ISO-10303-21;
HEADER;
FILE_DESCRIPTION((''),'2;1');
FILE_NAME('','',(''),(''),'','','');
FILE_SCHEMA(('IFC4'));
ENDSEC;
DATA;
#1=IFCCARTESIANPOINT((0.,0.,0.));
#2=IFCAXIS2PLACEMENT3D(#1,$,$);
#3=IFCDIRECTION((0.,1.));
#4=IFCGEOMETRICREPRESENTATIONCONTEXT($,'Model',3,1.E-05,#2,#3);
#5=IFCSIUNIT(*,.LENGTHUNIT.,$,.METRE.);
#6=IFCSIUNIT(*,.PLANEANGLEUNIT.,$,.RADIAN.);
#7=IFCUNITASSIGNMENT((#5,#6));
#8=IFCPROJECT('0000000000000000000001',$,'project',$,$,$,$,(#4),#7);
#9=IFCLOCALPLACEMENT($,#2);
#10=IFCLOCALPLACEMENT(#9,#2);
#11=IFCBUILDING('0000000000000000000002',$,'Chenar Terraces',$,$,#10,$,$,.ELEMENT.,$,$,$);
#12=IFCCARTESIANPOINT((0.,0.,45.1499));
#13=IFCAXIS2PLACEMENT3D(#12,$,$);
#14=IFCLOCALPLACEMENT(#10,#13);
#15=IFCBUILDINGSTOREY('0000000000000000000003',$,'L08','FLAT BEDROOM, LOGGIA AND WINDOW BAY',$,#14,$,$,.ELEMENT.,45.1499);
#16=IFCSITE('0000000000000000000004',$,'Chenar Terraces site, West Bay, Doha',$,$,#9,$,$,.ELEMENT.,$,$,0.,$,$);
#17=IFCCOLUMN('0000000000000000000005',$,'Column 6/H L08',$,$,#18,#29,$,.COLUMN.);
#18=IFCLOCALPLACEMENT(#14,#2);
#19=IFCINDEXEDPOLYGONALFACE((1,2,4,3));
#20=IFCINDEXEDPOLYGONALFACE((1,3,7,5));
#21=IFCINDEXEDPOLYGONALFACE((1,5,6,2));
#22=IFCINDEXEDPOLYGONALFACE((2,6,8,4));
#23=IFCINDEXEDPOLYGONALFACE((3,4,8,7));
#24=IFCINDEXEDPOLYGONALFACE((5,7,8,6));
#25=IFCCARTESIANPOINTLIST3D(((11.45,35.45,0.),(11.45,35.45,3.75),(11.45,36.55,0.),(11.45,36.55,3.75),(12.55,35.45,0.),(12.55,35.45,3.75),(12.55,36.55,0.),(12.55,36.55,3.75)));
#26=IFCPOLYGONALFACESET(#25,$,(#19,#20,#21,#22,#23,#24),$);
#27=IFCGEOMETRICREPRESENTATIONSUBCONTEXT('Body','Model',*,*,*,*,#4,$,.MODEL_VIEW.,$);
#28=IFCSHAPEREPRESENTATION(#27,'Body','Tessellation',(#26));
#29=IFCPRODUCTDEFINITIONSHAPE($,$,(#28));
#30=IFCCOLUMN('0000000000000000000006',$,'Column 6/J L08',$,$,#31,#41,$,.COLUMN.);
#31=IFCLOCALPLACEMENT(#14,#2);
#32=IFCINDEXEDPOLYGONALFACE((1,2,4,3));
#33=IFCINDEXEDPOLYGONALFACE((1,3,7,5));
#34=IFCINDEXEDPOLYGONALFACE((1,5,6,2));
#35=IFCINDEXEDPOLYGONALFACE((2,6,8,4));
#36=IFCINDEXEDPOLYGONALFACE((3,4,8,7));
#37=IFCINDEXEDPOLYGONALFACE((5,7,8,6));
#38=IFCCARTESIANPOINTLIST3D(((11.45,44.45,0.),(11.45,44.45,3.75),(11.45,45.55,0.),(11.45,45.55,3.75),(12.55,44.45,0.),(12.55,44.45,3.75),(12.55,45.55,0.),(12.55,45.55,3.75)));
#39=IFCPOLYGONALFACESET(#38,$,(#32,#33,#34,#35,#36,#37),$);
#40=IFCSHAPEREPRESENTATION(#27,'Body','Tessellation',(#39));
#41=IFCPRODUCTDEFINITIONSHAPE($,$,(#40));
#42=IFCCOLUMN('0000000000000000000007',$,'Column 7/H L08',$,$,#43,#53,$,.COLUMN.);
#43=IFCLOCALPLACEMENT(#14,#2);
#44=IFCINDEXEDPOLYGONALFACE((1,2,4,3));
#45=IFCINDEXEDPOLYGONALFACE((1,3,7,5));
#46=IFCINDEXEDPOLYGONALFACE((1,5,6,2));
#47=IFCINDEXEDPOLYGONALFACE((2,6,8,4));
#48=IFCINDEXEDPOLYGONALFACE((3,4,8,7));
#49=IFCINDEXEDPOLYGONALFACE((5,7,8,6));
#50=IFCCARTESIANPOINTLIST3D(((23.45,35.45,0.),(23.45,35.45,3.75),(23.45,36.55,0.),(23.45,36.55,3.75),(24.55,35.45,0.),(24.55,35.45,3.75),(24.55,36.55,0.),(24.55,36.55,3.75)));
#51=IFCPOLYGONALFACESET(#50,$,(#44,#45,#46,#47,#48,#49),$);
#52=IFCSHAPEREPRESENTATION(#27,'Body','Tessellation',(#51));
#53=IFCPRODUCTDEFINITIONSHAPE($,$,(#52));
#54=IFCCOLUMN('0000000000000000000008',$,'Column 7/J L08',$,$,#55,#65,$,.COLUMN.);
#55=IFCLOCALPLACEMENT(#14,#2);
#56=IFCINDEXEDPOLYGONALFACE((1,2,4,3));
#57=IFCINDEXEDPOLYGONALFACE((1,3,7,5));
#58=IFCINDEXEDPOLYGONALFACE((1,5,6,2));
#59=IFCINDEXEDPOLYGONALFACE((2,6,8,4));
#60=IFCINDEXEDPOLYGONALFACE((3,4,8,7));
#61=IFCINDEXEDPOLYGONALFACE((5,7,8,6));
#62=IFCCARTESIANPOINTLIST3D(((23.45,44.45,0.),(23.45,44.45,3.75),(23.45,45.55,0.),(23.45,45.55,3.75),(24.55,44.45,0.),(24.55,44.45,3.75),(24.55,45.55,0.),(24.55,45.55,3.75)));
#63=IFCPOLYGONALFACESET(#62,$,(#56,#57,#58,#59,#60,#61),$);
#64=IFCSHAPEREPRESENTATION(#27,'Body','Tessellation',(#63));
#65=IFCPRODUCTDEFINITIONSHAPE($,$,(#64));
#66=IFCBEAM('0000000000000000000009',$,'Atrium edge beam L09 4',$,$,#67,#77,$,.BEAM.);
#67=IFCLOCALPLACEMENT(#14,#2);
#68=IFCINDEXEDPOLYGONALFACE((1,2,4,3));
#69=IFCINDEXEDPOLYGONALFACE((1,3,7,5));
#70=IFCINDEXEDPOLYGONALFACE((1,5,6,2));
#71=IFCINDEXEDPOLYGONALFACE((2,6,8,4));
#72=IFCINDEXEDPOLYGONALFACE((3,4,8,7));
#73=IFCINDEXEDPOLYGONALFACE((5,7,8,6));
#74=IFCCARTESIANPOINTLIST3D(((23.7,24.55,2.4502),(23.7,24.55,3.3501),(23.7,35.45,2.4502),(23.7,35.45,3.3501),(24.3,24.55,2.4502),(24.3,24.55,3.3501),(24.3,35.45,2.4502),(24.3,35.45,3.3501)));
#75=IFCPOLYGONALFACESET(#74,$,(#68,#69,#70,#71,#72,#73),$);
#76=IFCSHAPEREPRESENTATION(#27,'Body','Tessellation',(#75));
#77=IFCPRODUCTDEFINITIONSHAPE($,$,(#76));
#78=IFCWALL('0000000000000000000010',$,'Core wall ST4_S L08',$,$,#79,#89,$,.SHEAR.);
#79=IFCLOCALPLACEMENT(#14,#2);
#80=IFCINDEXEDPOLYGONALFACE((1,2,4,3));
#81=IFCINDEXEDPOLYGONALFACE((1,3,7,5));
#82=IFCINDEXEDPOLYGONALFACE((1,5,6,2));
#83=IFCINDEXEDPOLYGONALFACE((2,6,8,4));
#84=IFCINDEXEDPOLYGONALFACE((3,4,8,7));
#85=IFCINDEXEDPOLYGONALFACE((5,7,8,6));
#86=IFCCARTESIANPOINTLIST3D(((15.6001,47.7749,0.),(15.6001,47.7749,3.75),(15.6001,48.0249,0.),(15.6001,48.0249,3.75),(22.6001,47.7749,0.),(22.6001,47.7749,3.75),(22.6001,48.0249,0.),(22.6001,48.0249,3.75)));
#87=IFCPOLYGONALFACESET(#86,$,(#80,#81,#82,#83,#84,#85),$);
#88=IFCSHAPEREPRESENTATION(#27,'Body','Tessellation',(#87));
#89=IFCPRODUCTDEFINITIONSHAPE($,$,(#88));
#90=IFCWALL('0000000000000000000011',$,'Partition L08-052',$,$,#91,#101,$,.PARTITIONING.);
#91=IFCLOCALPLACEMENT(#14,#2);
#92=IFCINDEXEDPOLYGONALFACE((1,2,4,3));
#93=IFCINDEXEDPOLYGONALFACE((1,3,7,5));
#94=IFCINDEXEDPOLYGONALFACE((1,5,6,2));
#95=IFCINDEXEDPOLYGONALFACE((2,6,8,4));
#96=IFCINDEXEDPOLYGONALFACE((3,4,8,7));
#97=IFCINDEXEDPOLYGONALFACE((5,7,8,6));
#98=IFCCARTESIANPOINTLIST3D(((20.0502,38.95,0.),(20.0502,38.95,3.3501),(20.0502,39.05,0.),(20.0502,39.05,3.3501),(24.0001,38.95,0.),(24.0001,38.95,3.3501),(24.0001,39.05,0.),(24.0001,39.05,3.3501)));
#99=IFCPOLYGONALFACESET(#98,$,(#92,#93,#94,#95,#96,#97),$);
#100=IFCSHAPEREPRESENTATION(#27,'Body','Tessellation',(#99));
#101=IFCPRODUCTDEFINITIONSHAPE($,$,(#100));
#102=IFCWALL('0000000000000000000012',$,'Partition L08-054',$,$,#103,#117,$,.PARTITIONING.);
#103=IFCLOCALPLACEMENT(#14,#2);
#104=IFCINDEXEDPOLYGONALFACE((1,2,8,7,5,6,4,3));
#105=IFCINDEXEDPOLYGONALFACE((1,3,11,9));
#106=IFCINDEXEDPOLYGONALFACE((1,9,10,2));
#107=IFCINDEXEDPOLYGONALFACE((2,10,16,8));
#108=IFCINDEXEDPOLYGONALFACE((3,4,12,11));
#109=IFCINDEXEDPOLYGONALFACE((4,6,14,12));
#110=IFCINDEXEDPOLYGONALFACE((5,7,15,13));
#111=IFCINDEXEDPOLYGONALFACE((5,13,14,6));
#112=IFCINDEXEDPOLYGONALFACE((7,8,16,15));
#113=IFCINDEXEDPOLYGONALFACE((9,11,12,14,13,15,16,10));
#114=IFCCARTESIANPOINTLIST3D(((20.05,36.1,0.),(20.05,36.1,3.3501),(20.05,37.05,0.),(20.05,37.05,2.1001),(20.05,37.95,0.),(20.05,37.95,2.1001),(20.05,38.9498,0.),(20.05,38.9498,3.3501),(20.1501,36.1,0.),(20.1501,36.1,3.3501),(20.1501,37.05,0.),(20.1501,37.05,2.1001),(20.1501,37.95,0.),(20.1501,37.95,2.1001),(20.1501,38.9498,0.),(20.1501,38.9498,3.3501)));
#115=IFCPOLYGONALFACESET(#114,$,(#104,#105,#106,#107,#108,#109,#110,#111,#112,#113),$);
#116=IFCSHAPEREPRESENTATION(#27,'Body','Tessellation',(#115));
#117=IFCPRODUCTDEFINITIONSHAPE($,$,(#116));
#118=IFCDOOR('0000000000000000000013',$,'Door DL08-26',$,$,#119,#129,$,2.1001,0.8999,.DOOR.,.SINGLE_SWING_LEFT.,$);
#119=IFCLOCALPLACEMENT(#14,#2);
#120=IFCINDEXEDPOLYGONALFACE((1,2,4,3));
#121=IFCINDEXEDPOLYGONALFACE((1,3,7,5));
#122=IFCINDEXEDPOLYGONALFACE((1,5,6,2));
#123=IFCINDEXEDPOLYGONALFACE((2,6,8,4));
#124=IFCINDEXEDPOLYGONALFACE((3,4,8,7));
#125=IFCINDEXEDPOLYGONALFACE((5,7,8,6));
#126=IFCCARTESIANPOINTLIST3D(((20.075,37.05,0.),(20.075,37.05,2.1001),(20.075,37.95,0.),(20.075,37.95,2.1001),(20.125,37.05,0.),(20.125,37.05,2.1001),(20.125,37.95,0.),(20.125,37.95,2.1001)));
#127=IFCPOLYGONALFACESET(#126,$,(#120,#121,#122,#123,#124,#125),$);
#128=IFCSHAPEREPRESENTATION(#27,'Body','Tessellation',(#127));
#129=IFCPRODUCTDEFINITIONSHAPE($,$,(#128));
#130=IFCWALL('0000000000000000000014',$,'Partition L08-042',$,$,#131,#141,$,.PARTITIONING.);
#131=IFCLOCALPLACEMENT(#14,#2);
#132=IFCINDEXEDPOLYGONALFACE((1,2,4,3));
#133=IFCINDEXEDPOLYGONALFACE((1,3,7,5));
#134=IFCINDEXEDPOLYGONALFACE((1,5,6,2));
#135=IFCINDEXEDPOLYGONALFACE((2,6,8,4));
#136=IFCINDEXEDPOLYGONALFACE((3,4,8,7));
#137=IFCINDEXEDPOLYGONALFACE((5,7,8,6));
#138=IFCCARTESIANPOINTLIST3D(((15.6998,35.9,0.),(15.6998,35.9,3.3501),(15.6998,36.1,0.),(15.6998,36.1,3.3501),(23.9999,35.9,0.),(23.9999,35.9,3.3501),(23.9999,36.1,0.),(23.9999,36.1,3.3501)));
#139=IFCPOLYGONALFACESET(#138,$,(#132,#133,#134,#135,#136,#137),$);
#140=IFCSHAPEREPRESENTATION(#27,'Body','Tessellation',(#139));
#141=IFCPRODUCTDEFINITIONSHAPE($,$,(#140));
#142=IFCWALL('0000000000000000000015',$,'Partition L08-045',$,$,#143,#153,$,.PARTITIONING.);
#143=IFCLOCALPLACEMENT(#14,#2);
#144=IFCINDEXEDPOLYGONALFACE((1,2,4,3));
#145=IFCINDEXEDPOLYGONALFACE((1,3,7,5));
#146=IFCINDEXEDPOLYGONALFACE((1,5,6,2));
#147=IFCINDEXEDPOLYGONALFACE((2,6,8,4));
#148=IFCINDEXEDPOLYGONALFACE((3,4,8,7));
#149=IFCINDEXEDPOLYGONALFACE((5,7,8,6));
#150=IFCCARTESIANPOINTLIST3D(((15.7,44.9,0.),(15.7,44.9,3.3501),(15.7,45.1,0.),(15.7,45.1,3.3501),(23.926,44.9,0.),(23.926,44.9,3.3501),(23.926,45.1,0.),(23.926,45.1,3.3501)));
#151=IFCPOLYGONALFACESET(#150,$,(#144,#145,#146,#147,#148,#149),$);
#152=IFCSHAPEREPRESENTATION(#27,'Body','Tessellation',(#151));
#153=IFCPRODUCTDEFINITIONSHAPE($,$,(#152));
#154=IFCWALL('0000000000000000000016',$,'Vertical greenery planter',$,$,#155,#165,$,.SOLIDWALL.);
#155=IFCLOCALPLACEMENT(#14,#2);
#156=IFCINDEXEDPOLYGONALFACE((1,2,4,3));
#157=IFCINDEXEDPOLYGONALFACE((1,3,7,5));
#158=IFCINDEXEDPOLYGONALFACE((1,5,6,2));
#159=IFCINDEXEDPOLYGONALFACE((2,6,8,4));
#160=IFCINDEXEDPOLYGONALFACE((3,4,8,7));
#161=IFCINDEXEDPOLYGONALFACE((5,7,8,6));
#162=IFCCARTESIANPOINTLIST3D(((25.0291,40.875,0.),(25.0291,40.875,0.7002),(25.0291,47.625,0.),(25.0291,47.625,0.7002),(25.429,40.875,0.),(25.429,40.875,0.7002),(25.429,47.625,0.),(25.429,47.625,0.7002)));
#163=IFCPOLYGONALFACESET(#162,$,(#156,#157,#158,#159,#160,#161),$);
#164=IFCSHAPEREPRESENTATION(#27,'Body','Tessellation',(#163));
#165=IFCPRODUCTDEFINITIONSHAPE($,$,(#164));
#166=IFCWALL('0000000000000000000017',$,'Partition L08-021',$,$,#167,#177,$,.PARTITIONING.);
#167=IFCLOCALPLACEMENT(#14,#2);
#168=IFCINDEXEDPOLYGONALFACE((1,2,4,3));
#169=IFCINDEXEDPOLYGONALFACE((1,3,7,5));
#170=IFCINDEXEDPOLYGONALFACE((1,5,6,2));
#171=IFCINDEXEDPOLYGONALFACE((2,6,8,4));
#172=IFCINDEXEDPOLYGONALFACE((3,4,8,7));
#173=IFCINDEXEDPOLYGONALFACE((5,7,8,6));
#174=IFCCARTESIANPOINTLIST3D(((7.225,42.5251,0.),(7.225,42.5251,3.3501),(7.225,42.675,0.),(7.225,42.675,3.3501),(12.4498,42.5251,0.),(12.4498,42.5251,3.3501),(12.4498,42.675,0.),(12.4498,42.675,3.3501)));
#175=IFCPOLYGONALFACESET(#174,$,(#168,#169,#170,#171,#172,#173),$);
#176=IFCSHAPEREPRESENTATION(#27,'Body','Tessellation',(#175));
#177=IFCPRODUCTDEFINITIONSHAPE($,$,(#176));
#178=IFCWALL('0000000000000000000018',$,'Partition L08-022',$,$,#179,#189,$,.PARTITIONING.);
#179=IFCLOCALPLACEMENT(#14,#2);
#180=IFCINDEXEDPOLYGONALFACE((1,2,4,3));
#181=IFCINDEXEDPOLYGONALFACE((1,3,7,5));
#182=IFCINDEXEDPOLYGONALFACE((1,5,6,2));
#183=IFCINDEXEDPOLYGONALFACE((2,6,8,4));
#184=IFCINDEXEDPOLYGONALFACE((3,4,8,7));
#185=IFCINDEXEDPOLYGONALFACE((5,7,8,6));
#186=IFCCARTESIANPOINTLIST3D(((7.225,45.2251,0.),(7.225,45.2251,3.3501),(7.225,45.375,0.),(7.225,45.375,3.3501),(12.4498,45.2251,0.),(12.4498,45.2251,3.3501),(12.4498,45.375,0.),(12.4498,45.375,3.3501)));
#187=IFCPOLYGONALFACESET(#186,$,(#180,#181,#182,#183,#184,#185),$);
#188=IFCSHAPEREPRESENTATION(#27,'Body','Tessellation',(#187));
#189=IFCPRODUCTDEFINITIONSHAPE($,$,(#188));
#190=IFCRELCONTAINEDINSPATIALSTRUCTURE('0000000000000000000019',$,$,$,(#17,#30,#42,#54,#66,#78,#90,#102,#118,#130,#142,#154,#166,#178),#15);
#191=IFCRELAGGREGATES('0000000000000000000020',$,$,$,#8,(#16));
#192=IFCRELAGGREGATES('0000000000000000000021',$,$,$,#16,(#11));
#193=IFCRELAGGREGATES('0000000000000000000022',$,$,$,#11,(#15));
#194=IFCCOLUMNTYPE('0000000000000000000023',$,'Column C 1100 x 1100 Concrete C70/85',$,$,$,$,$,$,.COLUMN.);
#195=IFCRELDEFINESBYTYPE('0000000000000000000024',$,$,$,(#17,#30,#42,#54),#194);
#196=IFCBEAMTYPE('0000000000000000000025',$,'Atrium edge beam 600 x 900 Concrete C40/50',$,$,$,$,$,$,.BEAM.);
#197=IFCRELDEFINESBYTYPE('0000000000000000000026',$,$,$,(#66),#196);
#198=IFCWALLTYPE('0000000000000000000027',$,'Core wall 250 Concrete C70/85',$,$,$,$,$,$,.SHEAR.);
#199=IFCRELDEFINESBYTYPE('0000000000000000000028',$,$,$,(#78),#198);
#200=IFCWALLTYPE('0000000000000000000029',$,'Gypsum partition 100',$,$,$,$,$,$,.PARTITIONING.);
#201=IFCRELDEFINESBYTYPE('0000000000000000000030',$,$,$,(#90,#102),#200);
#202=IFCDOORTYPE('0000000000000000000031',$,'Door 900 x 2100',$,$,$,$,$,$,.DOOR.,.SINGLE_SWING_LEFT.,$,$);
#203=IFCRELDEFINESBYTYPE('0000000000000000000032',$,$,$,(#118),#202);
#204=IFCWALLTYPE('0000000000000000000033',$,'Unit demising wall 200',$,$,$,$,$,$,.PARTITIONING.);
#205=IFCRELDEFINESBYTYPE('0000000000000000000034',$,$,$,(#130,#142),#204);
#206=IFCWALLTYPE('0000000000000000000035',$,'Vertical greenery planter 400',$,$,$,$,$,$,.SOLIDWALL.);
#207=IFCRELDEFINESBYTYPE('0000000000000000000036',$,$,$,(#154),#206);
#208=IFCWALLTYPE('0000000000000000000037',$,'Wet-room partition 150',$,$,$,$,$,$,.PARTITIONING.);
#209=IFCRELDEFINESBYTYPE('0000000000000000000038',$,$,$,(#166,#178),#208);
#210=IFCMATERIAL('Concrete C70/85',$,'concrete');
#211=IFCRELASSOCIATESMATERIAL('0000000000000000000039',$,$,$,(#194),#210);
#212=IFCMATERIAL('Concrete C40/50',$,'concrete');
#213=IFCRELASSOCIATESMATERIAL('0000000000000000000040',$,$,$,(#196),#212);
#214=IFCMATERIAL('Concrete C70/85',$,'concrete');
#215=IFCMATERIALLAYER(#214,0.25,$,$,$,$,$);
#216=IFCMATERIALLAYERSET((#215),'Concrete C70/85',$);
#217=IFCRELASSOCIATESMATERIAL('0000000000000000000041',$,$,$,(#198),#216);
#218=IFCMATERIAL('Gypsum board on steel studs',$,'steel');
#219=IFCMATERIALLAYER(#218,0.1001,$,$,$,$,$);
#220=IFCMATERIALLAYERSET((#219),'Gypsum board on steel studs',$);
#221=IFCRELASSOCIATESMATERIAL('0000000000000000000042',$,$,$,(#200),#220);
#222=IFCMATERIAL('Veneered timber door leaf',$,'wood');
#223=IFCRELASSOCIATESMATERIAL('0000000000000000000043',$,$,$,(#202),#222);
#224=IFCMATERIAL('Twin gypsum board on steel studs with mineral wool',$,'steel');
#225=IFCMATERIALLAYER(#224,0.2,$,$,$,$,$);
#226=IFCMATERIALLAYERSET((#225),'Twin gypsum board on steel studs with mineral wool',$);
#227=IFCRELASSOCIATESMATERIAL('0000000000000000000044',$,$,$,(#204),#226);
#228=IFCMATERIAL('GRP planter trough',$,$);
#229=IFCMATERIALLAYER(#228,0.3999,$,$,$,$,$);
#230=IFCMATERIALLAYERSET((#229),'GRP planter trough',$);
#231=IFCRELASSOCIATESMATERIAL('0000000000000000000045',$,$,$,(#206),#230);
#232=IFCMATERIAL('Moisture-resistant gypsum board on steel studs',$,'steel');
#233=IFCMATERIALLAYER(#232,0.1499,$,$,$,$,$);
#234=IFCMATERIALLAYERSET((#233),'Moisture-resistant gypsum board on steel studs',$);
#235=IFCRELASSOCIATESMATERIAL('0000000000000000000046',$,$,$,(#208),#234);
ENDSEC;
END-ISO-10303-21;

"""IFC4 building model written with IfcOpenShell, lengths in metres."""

from ifc_helpers import new_model, si_unit, direction, frame, frame_2d, origin, origin_2d, place, context, subcontext, project, spatial, rectangle, extrude, material, layer, layer_set, material_profile, profile_set, type_object, element, fill, save


model = new_model("IFC4")

# Units and contexts
model_context = context("Model", 3, precision=1e-05, world=origin(), true_north=direction((0.0, 1.0)))
body_context = subcontext(model_context, "Body", "Model", "MODEL_VIEW")
ifc_project = project(units=[si_unit("LENGTHUNIT", "METRE"), si_unit("PLANEANGLEUNIT", "RADIAN")], contexts=[model_context])

# Site, building, storey
site_placement = place(None, origin())
site = spatial("IfcSite", under=ifc_project, at=site_placement, Name="Chenar Terraces site, West Bay, Doha", CompositionType="ELEMENT", RefElevation=0.0)
building_placement = place(site_placement, origin())
building = spatial("IfcBuilding", under=site, at=building_placement, Name="Chenar Terraces", CompositionType="ELEMENT")
storey_placement = place(building_placement, frame((0.0, 0.0, 45.1499)))
storey = spatial("IfcBuildingStorey", under=building, at=storey_placement, Name="L08", Description="FLAT BEDROOM, LOGGIA AND WINDOW BAY", CompositionType="ELEMENT", Elevation=45.1499)

# Columns
ifc_material_1 = material(Name="Concrete C70/85", Category="concrete")
ifc_material_profile_1 = material_profile(ifc_material_1, rectangle(XDim=1.1001, YDim=1.1001, at=origin_2d()), Name="C 1100 x 1100")
ifc_profile_set_1 = profile_set([ifc_material_profile_1], Name="Concrete C70/85")
column_type = type_object("IfcColumnType", Name="Column C 1100 x 1100 Concrete C70/85", PredefinedType="COLUMN", material=ifc_profile_set_1)
for number, where, z_axis, x_axis, name in (
    (1, (12.0, 36.0, 0.0), (0.0, 0.0, 1.0), (1.0, 0.0, 0.0), "Column 6/H L08"),
    (2, (12.0, 45.0, 0.0), (0.0, 0.0, 1.0), (1.0, 0.0, 0.0), "Column 6/J L08"),
    (3, (24.0, 36.0, 0.0), (0.0, 0.0, 1.0), (1.0, 0.0, 0.0), "Column 7/H L08"),
    (4, (24.0, 45.0, 0.0), (0.0, 0.0, 1.0), (1.0, 0.0, 0.0), "Column 7/J L08"),
):
    element("IfcColumn", number, at=place(storey_placement, frame(where, z_axis=z_axis, x_axis=x_axis)), inside=storey, type_object=column_type, Name=name, PredefinedType="COLUMN", context=body_context, shape_type="SweptSolid", body=[
        extrude(rectangle(XDim=1.1001, YDim=1.1001, at=origin_2d()), origin(), (0.0, 0.0, 1.0), 3.75),
    ])

# Beam
ifc_material_2 = material(Name="Concrete C40/50", Category="concrete")
ifc_material_profile_2 = material_profile(ifc_material_2, rectangle(XDim=0.6001, YDim=0.8999, at=origin_2d()), Name="RC 600 x 900")
ifc_profile_set_2 = profile_set([ifc_material_profile_2], Name="Concrete C40/50")
beam_type = type_object("IfcBeamType", Name="Atrium edge beam 600 x 900 Concrete C40/50", PredefinedType="BEAM", material=ifc_profile_set_2)
beam_placement = place(storey_placement, frame((24.0, 35.45, 2.9001), z_axis=(0.0, -1.0, 0.0), x_axis=(1.0, 0.0, 0.0)))
element("IfcBeam", 5, at=beam_placement, inside=storey, type_object=beam_type, Name="Atrium edge beam L09 4", PredefinedType="BEAM", context=body_context, shape_type="SweptSolid", body=[
    extrude(rectangle(XDim=0.6001, YDim=0.8999, at=origin_2d()), origin(), (0.0, 0.0, 1.0), 10.8999),
])

# Wall
ifc_material_3 = material(Name="Concrete C70/85", Category="concrete")
ifc_layer_1 = layer(ifc_material_3, 0.25)
ifc_layer_set_1 = layer_set([ifc_layer_1], Name="Concrete C70/85")
wall_type_1 = type_object("IfcWallType", Name="Core wall 250 Concrete C70/85", PredefinedType="SHEAR", material=ifc_layer_set_1)
wall_1_placement = place(storey_placement, frame((15.6001, 47.8999, 0.0), z_axis=(0.0, 0.0, 1.0), x_axis=(1.0, 0.0, 0.0)))
element("IfcWall", 6, at=wall_1_placement, inside=storey, type_object=wall_type_1, Name="Core wall ST4_S L08", PredefinedType="SHEAR", context=body_context, shape_type="SweptSolid", body=[
    extrude(rectangle(XDim=7.0, YDim=0.25, at=frame_2d((3.5, 0.0))), origin(), (0.0, 0.0, 1.0), 3.75),
])

# Wall
ifc_material_4 = material(Name="Gypsum board on steel studs", Category="steel")
ifc_layer_2 = layer(ifc_material_4, 0.1001)
ifc_layer_set_2 = layer_set([ifc_layer_2], Name="Gypsum board on steel studs")
wall_type_2 = type_object("IfcWallType", Name="Gypsum partition 100", PredefinedType="PARTITIONING", material=ifc_layer_set_2)
wall_2_placement = place(storey_placement, frame((20.05, 39.0, 0.0), z_axis=(0.0, 0.0, 1.0), x_axis=(1.0, 0.0, 0.0)))
element("IfcWall", 7, at=wall_2_placement, inside=storey, type_object=wall_type_2, Name="Partition L08-052", PredefinedType="PARTITIONING", context=body_context, shape_type="SweptSolid", body=[
    extrude(rectangle(XDim=3.95, YDim=0.1001, at=frame_2d((1.9751, 0.0))), origin(), (0.0, 0.0, 1.0), 3.3501),
])

# Wall, opening, door
wall_3_placement = place(storey_placement, frame((20.1001, 36.1001, 0.0), z_axis=(0.0, 0.0, 1.0), x_axis=(0.0, 1.0, 0.0)))
wall_3 = element("IfcWall", 8, at=wall_3_placement, inside=storey, type_object=wall_type_2, Name="Partition L08-054", PredefinedType="PARTITIONING", context=body_context, shape_type="SweptSolid", body=[
    extrude(rectangle(XDim=2.8499, YDim=0.1001, at=frame_2d((1.4248, 0.0))), origin(), (0.0, 0.0, 1.0), 3.3501),
])
opening_1_placement = place(wall_3_placement, frame((0.95, 0.0, 0.0)))
opening_1 = element("IfcOpeningElement", 9, at=opening_1_placement, cuts=wall_3, PredefinedType="OPENING", context=body_context, shape_type="SweptSolid", body=[
    extrude(rectangle(XDim=0.8999, YDim=2.1001, at=frame_2d((0.45, 1.05))), frame((0.0, 0.0601, 0.0), z_axis=(0.0, -1.0, 0.0), x_axis=(1.0, 0.0, 0.0)), (0.0, 0.0, 1.0), 0.1201),
])
ifc_material_5 = material(Name="Veneered timber door leaf", Category="wood")
door_type_1 = type_object("IfcDoorType", Name="Door 900 x 2100", OperationType="SINGLE_SWING_LEFT", PredefinedType="DOOR", material=ifc_material_5)
door_1_placement = place(opening_1_placement, frame((0.8999, 0.0, 0.0), z_axis=(0.0, 0.0, 1.0), x_axis=(-1.0, 0.0, 0.0)))
door_1 = element("IfcDoor", 10, at=door_1_placement, inside=storey, type_object=door_type_1, Name="Door DL08-26", OperationType="SINGLE_SWING_LEFT", OverallHeight=2.1001, OverallWidth=0.8999, PredefinedType="DOOR", context=body_context, shape_type="SweptSolid", body=[
    extrude(rectangle(XDim=0.8999, YDim=2.1001, at=frame_2d((0.45, 1.05))), frame((0.0, 0.0249, 0.0), z_axis=(0.0, -1.0, 0.0), x_axis=(1.0, 0.0, 0.0)), (0.0, 0.0, 1.0), 0.05),
])
fill(opening_1, door_1)

# Walls
ifc_material_6 = material(Name="Twin gypsum board on steel studs with mineral wool", Category="steel")
ifc_layer_3 = layer(ifc_material_6, 0.2)
ifc_layer_set_3 = layer_set([ifc_layer_3], Name="Twin gypsum board on steel studs with mineral wool")
wall_type_3 = type_object("IfcWallType", Name="Unit demising wall 200", PredefinedType="PARTITIONING", material=ifc_layer_set_3)
wall_4_placement = place(storey_placement, frame((15.7, 36.0, 0.0), z_axis=(0.0, 0.0, 1.0), x_axis=(1.0, 0.0, 0.0)))
element("IfcWall", 11, at=wall_4_placement, inside=storey, type_object=wall_type_3, Name="Partition L08-042", PredefinedType="PARTITIONING", context=body_context, shape_type="SweptSolid", body=[
    extrude(rectangle(XDim=8.3, YDim=0.2, at=frame_2d((4.1499, 0.0))), origin(), (0.0, 0.0, 1.0), 3.3501),
])
wall_5_placement = place(storey_placement, frame((15.7, 45.0, 0.0), z_axis=(0.0, 0.0, 1.0), x_axis=(1.0, 0.0, 0.0)))
element("IfcWall", 12, at=wall_5_placement, inside=storey, type_object=wall_type_3, Name="Partition L08-045", PredefinedType="PARTITIONING", context=body_context, shape_type="SweptSolid", body=[
    extrude(rectangle(XDim=8.2261, YDim=0.2, at=frame_2d((4.113, 0.0))), origin(), (0.0, 0.0, 1.0), 3.3501),
])
ifc_material_7 = material(Name="GRP planter trough")
ifc_layer_4 = layer(ifc_material_7, 0.3999)
ifc_layer_set_4 = layer_set([ifc_layer_4], Name="GRP planter trough")
wall_type_4 = type_object("IfcWallType", Name="Vertical greenery planter 400", PredefinedType="SOLIDWALL", material=ifc_layer_set_4)
wall_6_placement = place(storey_placement, frame((25.229, 40.875, 0.0), z_axis=(0.0, 0.0, 1.0), x_axis=(0.0, 1.0, 0.0)))
element("IfcWall", 13, at=wall_6_placement, inside=storey, type_object=wall_type_4, Name="Vertical greenery planter", PredefinedType="SOLIDWALL", context=body_context, shape_type="SweptSolid", body=[
    extrude(rectangle(XDim=6.75, YDim=0.3999, at=frame_2d((3.375, 0.0))), origin(), (0.0, 0.0, 1.0), 0.7002),
])
ifc_material_8 = material(Name="Moisture-resistant gypsum board on steel studs", Category="steel")
ifc_layer_5 = layer(ifc_material_8, 0.1499)
ifc_layer_set_5 = layer_set([ifc_layer_5], Name="Moisture-resistant gypsum board on steel studs")
wall_type_5 = type_object("IfcWallType", Name="Wet-room partition 150", PredefinedType="PARTITIONING", material=ifc_layer_set_5)
for number, where, z_axis, x_axis, name in (
    (14, (7.2251, 42.6001, 0.0), (0.0, 0.0, 1.0), (1.0, 0.0, 0.0), "Partition L08-021"),
    (15, (7.2251, 45.3, 0.0), (0.0, 0.0, 1.0), (1.0, 0.0, 0.0), "Partition L08-022"),
):
    element("IfcWall", number, at=place(storey_placement, frame(where, z_axis=z_axis, x_axis=x_axis)), inside=storey, type_object=wall_type_5, Name=name, PredefinedType="PARTITIONING", context=body_context, shape_type="SweptSolid", body=[
        extrude(rectangle(XDim=5.2249, YDim=0.1499, at=frame_2d((2.6123, 0.0))), origin(), (0.0, 0.0, 1.0), 3.3501),
    ])

save(model, "model.ifc")
